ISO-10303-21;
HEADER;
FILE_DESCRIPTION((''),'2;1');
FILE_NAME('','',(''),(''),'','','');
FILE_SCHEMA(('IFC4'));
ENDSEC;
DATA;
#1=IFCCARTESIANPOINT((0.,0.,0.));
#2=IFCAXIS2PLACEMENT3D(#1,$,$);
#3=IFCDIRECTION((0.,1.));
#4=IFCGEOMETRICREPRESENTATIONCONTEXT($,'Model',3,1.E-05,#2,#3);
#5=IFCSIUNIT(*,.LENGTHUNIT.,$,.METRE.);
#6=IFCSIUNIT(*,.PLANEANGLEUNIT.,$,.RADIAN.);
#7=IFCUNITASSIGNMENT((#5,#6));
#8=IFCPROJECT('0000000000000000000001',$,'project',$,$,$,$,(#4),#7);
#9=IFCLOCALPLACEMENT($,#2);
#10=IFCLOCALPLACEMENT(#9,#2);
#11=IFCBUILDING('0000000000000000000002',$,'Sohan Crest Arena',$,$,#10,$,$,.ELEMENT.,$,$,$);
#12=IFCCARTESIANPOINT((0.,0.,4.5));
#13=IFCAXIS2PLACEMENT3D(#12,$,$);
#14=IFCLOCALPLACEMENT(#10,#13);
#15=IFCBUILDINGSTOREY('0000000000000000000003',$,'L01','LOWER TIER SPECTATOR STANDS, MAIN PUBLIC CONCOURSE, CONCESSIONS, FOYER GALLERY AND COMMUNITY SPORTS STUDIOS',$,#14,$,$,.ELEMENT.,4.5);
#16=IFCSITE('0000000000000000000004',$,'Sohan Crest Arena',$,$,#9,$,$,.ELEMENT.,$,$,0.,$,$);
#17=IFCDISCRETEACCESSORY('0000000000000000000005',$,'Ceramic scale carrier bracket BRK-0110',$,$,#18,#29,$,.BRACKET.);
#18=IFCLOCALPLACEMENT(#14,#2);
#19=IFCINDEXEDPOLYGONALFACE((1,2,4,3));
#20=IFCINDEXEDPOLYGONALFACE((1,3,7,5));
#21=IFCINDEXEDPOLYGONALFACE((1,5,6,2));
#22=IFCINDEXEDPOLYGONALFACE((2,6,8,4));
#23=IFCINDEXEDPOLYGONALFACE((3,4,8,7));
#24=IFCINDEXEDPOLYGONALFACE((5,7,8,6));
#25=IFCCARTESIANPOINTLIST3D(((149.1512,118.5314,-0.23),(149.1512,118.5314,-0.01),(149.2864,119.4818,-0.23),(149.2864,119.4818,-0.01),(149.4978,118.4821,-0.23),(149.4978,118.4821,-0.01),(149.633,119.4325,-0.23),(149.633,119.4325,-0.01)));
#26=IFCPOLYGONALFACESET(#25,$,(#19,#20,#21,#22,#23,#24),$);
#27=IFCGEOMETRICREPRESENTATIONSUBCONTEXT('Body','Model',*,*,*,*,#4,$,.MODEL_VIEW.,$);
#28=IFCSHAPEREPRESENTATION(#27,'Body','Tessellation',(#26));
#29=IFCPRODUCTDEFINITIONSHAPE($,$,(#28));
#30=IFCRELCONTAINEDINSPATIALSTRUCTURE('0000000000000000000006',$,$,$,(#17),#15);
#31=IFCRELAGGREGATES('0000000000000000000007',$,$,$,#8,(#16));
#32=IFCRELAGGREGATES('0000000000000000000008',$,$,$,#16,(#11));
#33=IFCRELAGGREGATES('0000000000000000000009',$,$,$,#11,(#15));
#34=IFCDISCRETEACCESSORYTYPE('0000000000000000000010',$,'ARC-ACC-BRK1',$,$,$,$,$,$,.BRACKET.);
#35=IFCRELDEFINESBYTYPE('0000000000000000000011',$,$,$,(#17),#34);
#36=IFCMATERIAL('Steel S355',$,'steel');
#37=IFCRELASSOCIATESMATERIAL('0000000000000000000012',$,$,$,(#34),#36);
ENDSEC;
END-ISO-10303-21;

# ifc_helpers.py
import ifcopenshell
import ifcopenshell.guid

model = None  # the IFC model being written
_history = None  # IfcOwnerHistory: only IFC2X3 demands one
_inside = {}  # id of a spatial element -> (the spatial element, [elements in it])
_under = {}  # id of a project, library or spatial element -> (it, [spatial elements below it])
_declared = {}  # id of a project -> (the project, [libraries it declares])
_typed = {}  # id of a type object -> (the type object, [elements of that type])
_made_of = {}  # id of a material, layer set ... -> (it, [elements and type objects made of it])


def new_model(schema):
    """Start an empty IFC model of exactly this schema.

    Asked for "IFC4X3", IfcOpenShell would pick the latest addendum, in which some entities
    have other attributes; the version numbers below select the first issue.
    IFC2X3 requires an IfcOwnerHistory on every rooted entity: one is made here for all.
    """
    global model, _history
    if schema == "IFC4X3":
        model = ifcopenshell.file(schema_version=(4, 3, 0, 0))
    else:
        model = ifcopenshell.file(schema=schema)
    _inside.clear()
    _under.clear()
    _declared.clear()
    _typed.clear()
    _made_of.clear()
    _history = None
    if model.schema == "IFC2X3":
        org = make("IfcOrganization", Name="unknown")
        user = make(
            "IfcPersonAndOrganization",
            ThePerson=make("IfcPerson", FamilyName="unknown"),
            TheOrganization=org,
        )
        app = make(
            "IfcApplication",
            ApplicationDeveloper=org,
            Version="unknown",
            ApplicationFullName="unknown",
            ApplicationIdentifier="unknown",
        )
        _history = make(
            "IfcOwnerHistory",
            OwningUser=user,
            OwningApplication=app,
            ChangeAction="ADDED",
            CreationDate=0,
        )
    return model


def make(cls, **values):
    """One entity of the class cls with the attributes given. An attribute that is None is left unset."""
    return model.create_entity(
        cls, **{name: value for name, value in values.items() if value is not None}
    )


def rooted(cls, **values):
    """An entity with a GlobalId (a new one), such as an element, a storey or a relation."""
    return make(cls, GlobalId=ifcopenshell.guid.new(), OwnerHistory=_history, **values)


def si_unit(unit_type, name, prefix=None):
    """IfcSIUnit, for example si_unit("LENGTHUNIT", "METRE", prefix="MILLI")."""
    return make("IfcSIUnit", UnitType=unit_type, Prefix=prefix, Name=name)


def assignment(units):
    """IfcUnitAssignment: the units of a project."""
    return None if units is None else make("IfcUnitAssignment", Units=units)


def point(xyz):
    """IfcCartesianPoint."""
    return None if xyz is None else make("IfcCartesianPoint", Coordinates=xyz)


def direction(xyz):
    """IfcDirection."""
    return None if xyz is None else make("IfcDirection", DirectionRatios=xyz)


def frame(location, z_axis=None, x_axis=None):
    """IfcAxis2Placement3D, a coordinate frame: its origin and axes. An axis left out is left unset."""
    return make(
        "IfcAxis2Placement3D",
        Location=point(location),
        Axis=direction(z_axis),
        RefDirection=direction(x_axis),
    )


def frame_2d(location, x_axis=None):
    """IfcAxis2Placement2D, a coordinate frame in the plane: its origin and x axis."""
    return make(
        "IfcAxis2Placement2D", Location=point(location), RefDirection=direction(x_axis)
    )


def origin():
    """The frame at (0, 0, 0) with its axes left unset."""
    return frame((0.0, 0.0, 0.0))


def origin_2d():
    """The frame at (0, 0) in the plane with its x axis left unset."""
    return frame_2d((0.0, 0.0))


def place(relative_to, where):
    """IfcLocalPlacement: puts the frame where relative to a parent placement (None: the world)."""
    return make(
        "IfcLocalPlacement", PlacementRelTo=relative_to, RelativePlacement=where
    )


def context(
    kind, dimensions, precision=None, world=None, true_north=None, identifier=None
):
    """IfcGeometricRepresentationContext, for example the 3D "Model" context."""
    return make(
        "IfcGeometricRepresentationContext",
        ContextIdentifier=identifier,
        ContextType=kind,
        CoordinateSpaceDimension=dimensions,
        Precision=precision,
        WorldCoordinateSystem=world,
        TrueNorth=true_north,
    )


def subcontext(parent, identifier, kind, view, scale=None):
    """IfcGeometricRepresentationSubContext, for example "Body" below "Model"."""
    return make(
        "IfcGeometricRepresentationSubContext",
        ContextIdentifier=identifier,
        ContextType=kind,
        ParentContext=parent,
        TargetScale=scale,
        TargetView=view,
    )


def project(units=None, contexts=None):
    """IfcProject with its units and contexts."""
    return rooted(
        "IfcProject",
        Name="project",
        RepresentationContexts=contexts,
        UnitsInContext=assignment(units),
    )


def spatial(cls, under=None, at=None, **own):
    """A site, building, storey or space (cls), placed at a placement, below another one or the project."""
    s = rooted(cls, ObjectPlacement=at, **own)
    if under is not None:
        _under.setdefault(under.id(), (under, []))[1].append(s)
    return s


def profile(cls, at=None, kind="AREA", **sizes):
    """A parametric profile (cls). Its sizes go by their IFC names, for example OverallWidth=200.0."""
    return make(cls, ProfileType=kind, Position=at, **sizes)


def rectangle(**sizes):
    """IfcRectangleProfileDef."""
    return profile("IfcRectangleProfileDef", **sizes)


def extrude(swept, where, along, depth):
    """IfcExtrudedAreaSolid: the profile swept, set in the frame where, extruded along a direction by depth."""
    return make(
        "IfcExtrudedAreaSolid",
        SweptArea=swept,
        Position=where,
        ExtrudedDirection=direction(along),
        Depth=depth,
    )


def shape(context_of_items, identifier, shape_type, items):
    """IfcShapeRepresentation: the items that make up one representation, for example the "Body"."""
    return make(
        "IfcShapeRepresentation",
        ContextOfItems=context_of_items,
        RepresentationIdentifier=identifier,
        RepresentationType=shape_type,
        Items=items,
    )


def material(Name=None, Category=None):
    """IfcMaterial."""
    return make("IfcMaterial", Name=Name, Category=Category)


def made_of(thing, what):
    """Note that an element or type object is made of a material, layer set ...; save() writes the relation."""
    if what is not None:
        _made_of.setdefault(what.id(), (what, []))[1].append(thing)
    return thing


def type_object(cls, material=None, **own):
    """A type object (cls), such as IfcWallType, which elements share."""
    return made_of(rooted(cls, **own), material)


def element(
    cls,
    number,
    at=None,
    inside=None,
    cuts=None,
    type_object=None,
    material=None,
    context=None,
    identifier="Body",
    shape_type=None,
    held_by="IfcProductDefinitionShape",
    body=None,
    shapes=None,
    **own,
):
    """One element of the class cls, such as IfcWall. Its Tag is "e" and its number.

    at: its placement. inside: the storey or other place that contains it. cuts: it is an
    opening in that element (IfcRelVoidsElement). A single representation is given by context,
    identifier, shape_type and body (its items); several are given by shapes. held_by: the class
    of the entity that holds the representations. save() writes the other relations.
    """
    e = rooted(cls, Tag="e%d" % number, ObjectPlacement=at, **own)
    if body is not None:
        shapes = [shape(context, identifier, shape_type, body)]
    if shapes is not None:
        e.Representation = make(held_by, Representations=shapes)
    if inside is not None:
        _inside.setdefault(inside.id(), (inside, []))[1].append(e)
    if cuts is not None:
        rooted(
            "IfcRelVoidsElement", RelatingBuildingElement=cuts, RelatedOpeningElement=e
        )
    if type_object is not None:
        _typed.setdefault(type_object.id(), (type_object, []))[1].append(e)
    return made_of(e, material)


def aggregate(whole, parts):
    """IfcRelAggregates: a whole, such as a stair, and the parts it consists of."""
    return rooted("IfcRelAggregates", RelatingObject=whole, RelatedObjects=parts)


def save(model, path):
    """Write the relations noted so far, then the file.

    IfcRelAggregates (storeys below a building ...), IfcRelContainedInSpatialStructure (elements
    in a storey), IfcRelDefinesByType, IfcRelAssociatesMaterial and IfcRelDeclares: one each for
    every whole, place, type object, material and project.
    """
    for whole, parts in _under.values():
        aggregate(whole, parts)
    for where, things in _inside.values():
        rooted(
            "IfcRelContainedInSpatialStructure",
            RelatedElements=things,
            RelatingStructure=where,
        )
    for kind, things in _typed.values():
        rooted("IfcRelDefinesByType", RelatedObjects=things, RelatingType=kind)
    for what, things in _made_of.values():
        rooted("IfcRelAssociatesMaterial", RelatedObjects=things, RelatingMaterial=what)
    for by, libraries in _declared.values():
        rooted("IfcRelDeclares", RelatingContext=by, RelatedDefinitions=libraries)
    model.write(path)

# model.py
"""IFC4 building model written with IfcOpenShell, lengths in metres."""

from ifc_helpers import new_model, si_unit, direction, frame, origin, origin_2d, place, context, subcontext, project, spatial, rectangle, extrude, material, type_object, element, save


model = new_model("IFC4")

# Units and contexts
model_context = context("Model", 3, precision=1e-05, world=origin(), true_north=direction((0.0, 1.0)))
body_context = subcontext(model_context, "Body", "Model", "MODEL_VIEW")
ifc_project = project(units=[si_unit("LENGTHUNIT", "METRE"), si_unit("PLANEANGLEUNIT", "RADIAN")], contexts=[model_context])

# Site, building, storey
site_placement = place(None, origin())
site = spatial("IfcSite", under=ifc_project, at=site_placement, Name="Sohan Crest Arena", CompositionType="ELEMENT", RefElevation=0.0)
building_placement = place(site_placement, origin())
building = spatial("IfcBuilding", under=site, at=building_placement, Name="Sohan Crest Arena", CompositionType="ELEMENT")
storey_placement = place(building_placement, frame((0.0, 0.0, 4.5)))
storey = spatial("IfcBuildingStorey", under=building, at=storey_placement, Name="L01", Description="LOWER TIER SPECTATOR STANDS, MAIN PUBLIC CONCOURSE, CONCESSIONS, FOYER GALLERY AND COMMUNITY SPORTS STUDIOS", CompositionType="ELEMENT", Elevation=4.5)

# Discrete accessory
ifc_material_1 = material(Name="Steel S355", Category="steel")
discrete_accessory_type = type_object("IfcDiscreteAccessoryType", Name="ARC-ACC-BRK1", PredefinedType="BRACKET", material=ifc_material_1)
for number, where, z_axis, x_axis, name in (
    (1, (149.3921, 118.9819, -0.23), (0.0, 0.0, 1.0), (-0.990024, 0.140901, 0.0), "Ceramic scale carrier bracket BRK-0110"),
):
    element("IfcDiscreteAccessory", number, at=place(storey_placement, frame(where, z_axis=z_axis, x_axis=x_axis)), inside=storey, type_object=discrete_accessory_type, Name=name, PredefinedType="BRACKET", context=body_context, shape_type="SweptSolid", body=[
        extrude(rectangle(XDim=0.3501, YDim=0.96, at=origin_2d()), origin(), (0.0, 0.0, 1.0), 0.22),
    ])

save(model, "model.ifc")
